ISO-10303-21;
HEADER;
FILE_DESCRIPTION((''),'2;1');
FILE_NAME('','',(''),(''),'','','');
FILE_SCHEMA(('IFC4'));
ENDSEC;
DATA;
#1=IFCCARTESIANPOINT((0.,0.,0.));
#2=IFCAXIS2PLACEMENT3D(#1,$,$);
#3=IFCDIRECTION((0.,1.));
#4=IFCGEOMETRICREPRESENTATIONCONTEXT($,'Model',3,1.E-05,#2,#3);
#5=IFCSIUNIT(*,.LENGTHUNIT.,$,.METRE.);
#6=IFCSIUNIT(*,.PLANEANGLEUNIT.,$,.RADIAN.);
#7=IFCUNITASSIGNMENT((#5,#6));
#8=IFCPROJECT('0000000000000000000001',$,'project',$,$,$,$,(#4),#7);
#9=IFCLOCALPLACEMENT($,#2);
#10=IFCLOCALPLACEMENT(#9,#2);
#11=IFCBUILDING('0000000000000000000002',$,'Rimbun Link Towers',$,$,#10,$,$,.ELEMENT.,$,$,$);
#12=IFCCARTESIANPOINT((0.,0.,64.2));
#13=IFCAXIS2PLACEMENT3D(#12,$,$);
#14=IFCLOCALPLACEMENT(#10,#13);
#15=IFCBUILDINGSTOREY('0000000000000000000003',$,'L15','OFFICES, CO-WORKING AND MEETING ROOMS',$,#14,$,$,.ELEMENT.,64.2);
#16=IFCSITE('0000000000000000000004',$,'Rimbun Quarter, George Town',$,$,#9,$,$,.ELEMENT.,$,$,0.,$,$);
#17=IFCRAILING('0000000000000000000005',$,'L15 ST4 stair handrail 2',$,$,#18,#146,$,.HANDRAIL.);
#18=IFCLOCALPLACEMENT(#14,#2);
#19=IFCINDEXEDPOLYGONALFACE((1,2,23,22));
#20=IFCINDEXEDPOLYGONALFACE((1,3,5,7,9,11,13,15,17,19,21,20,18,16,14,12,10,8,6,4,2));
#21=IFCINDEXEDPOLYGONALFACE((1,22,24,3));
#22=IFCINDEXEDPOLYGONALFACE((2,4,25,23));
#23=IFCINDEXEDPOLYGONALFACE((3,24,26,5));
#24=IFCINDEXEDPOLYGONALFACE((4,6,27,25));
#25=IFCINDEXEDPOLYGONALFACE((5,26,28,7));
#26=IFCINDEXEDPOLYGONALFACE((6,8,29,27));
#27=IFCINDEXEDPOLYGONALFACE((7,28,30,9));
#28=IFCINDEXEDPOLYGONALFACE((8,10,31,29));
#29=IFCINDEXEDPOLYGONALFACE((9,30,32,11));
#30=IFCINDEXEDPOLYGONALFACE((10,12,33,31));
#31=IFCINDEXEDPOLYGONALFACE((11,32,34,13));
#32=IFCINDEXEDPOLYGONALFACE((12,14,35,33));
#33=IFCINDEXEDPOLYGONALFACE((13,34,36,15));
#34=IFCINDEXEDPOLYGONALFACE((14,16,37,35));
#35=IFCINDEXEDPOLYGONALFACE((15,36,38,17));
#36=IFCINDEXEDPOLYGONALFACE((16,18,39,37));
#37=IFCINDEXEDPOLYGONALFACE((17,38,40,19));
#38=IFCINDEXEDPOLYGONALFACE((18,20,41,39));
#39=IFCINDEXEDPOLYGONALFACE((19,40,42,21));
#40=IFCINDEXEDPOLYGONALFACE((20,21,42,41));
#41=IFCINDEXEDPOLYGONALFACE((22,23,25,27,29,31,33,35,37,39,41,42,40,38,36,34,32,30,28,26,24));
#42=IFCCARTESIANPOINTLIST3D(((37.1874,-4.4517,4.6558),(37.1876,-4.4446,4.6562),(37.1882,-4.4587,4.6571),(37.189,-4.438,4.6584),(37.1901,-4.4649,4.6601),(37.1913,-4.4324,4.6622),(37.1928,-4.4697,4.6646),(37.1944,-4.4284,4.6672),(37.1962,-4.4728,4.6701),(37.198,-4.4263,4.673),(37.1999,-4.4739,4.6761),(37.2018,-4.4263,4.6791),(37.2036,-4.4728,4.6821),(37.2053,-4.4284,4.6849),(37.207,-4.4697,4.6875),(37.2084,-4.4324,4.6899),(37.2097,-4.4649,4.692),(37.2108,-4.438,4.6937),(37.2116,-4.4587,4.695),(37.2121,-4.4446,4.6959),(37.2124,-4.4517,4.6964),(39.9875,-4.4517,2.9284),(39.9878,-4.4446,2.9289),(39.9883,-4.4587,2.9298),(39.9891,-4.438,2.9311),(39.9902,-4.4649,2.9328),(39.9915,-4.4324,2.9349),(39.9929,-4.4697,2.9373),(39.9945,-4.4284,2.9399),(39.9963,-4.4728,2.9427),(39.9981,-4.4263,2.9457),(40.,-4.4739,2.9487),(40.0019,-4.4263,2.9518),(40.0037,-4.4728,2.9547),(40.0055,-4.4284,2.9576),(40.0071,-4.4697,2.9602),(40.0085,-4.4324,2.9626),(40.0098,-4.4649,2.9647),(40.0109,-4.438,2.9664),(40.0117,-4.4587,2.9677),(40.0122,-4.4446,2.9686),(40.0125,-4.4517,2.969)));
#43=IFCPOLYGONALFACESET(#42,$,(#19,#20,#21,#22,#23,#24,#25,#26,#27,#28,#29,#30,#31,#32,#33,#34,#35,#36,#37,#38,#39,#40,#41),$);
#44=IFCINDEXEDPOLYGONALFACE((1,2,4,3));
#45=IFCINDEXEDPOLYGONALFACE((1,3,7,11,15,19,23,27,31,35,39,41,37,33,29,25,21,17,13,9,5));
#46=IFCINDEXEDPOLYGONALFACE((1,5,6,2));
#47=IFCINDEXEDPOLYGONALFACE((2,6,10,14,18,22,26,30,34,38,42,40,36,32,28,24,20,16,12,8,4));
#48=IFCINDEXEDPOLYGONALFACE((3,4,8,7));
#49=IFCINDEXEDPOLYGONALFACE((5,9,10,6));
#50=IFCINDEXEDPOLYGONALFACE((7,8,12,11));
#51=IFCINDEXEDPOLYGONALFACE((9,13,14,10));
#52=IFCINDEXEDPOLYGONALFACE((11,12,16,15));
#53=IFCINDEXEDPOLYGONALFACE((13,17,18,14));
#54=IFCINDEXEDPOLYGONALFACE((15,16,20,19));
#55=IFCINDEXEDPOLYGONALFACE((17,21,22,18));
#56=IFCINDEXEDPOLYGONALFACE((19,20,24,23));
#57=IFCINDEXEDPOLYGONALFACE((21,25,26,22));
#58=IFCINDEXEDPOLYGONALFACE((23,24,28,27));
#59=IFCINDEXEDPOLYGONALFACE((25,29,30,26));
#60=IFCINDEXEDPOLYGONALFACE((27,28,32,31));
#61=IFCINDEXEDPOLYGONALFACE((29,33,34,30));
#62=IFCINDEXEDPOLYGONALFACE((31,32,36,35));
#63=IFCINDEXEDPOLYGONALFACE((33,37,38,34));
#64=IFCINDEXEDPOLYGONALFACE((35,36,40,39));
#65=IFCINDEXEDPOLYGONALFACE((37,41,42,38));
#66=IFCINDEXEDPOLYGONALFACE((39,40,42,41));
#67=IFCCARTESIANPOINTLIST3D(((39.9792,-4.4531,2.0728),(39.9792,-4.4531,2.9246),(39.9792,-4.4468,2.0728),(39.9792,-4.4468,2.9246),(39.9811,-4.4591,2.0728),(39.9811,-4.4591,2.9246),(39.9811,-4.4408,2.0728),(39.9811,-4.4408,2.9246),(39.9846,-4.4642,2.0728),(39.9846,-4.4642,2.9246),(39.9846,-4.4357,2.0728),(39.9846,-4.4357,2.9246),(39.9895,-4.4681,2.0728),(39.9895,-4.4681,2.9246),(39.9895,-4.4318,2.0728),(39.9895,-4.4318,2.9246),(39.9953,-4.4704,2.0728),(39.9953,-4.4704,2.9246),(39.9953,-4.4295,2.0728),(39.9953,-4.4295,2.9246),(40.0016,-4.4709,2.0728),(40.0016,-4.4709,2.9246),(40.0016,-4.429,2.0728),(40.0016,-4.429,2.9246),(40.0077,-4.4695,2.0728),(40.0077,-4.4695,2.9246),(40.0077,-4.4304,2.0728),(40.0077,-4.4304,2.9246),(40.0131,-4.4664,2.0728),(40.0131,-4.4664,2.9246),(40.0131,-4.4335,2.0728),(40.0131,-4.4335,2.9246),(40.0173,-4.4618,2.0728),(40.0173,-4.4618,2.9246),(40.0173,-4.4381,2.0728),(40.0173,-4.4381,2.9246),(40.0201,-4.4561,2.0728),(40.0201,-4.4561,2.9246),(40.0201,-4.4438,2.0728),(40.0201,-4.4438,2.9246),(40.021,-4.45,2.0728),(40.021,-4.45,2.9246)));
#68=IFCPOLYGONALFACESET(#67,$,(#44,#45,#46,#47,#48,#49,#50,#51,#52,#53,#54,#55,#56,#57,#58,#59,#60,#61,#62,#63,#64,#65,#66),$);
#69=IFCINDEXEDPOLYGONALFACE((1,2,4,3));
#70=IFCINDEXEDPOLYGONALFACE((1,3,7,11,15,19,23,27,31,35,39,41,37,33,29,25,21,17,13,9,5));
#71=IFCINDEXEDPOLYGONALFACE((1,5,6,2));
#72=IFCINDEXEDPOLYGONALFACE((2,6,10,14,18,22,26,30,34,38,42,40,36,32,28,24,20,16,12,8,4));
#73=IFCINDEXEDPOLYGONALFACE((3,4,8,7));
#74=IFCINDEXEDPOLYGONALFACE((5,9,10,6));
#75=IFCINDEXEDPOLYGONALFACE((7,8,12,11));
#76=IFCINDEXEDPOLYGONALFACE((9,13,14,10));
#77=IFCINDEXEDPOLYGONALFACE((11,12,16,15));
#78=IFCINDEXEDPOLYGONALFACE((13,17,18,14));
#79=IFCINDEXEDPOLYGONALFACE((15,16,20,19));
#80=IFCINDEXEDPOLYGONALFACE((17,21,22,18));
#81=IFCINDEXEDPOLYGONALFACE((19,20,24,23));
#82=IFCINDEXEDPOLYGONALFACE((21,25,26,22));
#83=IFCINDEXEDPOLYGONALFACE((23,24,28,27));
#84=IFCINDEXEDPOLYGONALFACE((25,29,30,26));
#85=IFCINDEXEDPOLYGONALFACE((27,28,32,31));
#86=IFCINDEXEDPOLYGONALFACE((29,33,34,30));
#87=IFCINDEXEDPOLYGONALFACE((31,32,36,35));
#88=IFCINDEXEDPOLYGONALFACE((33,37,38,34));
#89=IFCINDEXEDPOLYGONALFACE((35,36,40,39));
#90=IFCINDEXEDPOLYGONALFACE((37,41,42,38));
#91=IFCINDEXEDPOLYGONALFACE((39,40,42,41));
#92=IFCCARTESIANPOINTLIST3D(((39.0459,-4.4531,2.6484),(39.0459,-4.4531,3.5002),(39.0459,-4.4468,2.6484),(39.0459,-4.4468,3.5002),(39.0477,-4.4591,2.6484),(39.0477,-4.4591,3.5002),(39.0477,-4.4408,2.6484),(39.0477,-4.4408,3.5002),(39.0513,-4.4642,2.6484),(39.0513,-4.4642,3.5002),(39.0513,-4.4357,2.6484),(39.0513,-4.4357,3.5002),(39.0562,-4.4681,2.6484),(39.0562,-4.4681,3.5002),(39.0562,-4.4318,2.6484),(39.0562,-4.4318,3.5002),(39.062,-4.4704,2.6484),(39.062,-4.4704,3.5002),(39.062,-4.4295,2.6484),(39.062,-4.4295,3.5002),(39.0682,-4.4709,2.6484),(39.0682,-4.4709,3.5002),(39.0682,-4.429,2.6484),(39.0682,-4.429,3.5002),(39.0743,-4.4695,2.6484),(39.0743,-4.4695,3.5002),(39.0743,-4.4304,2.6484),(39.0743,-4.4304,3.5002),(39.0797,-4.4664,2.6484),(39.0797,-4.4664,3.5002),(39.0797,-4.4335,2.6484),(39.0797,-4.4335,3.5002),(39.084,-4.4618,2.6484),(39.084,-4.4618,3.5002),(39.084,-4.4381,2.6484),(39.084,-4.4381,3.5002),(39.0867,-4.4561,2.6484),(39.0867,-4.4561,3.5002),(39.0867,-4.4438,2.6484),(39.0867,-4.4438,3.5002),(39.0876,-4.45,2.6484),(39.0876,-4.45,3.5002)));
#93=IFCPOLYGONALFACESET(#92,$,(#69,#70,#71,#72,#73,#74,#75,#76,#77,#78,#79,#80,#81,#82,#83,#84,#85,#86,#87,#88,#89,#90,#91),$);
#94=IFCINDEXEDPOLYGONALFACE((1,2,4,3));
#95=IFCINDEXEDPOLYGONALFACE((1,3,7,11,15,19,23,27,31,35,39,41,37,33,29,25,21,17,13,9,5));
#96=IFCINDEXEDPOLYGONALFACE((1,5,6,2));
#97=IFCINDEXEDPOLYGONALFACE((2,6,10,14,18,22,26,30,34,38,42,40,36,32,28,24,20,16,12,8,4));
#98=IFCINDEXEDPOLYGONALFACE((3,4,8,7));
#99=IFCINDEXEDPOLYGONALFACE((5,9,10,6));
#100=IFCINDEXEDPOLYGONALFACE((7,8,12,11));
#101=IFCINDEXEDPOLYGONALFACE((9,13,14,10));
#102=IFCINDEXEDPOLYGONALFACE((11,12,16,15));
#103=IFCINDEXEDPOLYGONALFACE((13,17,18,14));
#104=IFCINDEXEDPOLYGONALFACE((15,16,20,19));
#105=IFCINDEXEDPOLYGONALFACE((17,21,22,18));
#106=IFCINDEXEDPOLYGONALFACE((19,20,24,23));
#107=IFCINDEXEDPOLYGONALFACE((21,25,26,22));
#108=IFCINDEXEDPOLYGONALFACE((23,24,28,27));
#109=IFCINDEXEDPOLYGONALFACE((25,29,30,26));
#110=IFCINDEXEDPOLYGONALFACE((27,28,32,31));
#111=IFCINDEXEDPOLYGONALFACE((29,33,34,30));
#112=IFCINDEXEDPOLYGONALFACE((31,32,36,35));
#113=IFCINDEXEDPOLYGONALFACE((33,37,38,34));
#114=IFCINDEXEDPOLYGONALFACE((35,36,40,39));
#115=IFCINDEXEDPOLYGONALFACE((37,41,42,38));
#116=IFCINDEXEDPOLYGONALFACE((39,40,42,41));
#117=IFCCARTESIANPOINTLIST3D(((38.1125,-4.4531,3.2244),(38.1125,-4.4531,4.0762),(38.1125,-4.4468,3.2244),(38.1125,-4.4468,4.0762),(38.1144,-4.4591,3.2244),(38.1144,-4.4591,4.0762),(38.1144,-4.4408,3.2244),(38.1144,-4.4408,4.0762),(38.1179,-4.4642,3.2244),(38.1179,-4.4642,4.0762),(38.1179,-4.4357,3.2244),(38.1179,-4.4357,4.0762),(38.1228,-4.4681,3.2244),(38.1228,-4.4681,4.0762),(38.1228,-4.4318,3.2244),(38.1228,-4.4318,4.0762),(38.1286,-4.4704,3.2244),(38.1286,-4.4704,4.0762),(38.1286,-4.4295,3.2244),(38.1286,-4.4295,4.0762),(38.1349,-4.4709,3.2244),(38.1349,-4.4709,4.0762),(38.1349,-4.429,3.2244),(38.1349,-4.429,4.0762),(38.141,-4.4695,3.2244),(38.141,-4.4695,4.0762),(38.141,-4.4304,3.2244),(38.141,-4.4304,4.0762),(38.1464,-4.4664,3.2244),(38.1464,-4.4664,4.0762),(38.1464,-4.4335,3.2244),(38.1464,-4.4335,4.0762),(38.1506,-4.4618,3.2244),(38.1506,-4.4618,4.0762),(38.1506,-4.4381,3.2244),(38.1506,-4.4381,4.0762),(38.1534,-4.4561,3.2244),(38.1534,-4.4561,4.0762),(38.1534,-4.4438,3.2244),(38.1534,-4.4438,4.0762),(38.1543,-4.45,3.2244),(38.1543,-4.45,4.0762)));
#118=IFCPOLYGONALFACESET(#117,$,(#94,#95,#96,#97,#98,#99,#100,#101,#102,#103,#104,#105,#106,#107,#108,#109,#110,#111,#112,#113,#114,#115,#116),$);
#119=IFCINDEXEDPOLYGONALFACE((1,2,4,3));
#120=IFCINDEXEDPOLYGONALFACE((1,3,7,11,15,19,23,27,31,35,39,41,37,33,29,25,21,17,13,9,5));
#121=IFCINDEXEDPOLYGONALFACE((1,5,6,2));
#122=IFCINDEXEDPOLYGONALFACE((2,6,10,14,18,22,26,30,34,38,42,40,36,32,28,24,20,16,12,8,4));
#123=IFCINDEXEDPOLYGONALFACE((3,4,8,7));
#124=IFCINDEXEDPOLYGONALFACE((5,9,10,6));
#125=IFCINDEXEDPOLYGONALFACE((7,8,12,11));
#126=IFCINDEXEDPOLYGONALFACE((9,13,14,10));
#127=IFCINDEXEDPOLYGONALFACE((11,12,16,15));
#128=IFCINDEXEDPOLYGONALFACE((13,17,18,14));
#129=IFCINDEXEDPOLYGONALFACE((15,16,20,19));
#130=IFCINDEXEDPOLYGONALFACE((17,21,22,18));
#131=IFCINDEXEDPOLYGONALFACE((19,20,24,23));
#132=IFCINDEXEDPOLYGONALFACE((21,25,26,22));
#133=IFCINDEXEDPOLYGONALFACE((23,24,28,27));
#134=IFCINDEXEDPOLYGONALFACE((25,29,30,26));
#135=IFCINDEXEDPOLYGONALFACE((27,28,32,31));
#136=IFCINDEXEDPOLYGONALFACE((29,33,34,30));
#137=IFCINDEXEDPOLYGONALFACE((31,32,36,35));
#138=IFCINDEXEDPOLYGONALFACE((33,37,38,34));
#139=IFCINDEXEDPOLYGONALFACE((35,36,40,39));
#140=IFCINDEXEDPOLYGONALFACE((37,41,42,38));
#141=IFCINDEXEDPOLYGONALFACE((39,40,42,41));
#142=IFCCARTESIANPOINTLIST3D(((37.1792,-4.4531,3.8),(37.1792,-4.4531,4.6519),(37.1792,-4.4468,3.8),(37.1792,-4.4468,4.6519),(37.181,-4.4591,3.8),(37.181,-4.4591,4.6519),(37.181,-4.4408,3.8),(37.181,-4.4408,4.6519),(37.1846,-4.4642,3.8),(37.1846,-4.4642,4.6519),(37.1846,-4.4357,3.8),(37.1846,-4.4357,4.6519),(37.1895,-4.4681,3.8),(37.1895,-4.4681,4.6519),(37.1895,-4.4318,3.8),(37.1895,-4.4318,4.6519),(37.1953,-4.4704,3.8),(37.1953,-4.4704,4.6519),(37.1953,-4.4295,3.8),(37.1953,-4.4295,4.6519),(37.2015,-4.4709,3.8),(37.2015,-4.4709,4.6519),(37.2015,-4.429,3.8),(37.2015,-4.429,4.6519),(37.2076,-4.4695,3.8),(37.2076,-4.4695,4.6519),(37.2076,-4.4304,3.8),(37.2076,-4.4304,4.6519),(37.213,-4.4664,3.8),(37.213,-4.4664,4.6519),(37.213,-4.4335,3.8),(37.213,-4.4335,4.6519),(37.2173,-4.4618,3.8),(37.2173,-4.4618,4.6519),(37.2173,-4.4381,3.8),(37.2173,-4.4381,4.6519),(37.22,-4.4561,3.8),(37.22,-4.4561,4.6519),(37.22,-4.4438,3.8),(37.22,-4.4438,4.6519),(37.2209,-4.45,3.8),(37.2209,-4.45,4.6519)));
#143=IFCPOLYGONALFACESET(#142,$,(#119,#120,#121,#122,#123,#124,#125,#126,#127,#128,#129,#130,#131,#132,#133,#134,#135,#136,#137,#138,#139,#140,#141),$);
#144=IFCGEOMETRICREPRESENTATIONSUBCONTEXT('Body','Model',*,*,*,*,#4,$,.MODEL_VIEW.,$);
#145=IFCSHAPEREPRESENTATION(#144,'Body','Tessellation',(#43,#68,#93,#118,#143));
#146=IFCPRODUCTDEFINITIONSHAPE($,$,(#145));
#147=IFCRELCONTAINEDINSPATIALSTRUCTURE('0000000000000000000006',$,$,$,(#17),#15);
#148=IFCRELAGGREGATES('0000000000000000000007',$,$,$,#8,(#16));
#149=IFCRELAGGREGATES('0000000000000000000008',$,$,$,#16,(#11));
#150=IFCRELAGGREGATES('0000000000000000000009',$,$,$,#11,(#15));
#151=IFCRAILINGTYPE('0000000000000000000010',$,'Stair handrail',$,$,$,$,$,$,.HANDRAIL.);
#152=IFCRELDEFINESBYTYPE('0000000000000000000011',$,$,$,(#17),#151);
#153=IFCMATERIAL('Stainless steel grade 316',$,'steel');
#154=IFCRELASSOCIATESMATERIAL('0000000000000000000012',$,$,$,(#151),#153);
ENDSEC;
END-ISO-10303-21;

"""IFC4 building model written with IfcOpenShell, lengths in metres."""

from ifc_helpers import new_model, si_unit, direction, frame, origin, origin_2d, place, context, subcontext, project, spatial, circle, extrude, material, type_object, element, save


model = new_model("IFC4")

# Units and contexts
model_context = context("Model", 3, precision=1e-05, world=origin(), true_north=direction((0.0, 1.0)))
body_context = subcontext(model_context, "Body", "Model", "MODEL_VIEW")
ifc_project = project(units=[si_unit("LENGTHUNIT", "METRE"), si_unit("PLANEANGLEUNIT", "RADIAN")], contexts=[model_context])

# Site, building, storey
site_placement = place(None, origin())
site = spatial("IfcSite", under=ifc_project, at=site_placement, Name="Rimbun Quarter, George Town", CompositionType="ELEMENT", RefElevation=0.0)
building_placement = place(site_placement, origin())
building = spatial("IfcBuilding", under=site, at=building_placement, Name="Rimbun Link Towers", CompositionType="ELEMENT")
storey_placement = place(building_placement, frame((0.0, 0.0, 64.2)))
storey = spatial("IfcBuildingStorey", under=building, at=storey_placement, Name="L15", Description="OFFICES, CO-WORKING AND MEETING ROOMS", CompositionType="ELEMENT", Elevation=64.2)

# Railing
ifc_material_1 = material(Name="Stainless steel grade 316", Category="steel")
railing_type_1 = type_object("IfcRailingType", Name="Stair handrail", PredefinedType="HANDRAIL", material=ifc_material_1)
railing_1_placement = place(storey_placement, frame((40.0, -4.45, 2.0728)))
element("IfcRailing", 1, at=railing_1_placement, inside=storey, type_object=railing_type_1, Name="L15 ST4 stair handrail 2", PredefinedType="HANDRAIL", context=body_context, shape_type="SweptSolid", body=[
    extrude(circle(Radius=0.0239, at=origin_2d()), frame((0.0, 0.0, 0.876), z_axis=(-0.85109, 0.0, 0.52502), x_axis=(0.0, -1.0, 0.0)), (0.0, 0.0, 1.0), 3.29),
    extrude(circle(Radius=0.021, at=origin_2d()), origin(), (0.0, 0.0, 1.0), 0.8518),
    extrude(circle(Radius=0.021, at=origin_2d()), frame((-0.9333, 0.0, 0.5757)), (0.0, 0.0, 1.0), 0.8518),
    extrude(circle(Radius=0.021, at=origin_2d()), frame((-1.8667, 0.0, 1.1516)), (0.0, 0.0, 1.0), 0.8518),
    extrude(circle(Radius=0.021, at=origin_2d()), frame((-2.8, 0.0, 1.7273)), (0.0, 0.0, 1.0), 0.8518),
])

save(model, "model.ifc")
